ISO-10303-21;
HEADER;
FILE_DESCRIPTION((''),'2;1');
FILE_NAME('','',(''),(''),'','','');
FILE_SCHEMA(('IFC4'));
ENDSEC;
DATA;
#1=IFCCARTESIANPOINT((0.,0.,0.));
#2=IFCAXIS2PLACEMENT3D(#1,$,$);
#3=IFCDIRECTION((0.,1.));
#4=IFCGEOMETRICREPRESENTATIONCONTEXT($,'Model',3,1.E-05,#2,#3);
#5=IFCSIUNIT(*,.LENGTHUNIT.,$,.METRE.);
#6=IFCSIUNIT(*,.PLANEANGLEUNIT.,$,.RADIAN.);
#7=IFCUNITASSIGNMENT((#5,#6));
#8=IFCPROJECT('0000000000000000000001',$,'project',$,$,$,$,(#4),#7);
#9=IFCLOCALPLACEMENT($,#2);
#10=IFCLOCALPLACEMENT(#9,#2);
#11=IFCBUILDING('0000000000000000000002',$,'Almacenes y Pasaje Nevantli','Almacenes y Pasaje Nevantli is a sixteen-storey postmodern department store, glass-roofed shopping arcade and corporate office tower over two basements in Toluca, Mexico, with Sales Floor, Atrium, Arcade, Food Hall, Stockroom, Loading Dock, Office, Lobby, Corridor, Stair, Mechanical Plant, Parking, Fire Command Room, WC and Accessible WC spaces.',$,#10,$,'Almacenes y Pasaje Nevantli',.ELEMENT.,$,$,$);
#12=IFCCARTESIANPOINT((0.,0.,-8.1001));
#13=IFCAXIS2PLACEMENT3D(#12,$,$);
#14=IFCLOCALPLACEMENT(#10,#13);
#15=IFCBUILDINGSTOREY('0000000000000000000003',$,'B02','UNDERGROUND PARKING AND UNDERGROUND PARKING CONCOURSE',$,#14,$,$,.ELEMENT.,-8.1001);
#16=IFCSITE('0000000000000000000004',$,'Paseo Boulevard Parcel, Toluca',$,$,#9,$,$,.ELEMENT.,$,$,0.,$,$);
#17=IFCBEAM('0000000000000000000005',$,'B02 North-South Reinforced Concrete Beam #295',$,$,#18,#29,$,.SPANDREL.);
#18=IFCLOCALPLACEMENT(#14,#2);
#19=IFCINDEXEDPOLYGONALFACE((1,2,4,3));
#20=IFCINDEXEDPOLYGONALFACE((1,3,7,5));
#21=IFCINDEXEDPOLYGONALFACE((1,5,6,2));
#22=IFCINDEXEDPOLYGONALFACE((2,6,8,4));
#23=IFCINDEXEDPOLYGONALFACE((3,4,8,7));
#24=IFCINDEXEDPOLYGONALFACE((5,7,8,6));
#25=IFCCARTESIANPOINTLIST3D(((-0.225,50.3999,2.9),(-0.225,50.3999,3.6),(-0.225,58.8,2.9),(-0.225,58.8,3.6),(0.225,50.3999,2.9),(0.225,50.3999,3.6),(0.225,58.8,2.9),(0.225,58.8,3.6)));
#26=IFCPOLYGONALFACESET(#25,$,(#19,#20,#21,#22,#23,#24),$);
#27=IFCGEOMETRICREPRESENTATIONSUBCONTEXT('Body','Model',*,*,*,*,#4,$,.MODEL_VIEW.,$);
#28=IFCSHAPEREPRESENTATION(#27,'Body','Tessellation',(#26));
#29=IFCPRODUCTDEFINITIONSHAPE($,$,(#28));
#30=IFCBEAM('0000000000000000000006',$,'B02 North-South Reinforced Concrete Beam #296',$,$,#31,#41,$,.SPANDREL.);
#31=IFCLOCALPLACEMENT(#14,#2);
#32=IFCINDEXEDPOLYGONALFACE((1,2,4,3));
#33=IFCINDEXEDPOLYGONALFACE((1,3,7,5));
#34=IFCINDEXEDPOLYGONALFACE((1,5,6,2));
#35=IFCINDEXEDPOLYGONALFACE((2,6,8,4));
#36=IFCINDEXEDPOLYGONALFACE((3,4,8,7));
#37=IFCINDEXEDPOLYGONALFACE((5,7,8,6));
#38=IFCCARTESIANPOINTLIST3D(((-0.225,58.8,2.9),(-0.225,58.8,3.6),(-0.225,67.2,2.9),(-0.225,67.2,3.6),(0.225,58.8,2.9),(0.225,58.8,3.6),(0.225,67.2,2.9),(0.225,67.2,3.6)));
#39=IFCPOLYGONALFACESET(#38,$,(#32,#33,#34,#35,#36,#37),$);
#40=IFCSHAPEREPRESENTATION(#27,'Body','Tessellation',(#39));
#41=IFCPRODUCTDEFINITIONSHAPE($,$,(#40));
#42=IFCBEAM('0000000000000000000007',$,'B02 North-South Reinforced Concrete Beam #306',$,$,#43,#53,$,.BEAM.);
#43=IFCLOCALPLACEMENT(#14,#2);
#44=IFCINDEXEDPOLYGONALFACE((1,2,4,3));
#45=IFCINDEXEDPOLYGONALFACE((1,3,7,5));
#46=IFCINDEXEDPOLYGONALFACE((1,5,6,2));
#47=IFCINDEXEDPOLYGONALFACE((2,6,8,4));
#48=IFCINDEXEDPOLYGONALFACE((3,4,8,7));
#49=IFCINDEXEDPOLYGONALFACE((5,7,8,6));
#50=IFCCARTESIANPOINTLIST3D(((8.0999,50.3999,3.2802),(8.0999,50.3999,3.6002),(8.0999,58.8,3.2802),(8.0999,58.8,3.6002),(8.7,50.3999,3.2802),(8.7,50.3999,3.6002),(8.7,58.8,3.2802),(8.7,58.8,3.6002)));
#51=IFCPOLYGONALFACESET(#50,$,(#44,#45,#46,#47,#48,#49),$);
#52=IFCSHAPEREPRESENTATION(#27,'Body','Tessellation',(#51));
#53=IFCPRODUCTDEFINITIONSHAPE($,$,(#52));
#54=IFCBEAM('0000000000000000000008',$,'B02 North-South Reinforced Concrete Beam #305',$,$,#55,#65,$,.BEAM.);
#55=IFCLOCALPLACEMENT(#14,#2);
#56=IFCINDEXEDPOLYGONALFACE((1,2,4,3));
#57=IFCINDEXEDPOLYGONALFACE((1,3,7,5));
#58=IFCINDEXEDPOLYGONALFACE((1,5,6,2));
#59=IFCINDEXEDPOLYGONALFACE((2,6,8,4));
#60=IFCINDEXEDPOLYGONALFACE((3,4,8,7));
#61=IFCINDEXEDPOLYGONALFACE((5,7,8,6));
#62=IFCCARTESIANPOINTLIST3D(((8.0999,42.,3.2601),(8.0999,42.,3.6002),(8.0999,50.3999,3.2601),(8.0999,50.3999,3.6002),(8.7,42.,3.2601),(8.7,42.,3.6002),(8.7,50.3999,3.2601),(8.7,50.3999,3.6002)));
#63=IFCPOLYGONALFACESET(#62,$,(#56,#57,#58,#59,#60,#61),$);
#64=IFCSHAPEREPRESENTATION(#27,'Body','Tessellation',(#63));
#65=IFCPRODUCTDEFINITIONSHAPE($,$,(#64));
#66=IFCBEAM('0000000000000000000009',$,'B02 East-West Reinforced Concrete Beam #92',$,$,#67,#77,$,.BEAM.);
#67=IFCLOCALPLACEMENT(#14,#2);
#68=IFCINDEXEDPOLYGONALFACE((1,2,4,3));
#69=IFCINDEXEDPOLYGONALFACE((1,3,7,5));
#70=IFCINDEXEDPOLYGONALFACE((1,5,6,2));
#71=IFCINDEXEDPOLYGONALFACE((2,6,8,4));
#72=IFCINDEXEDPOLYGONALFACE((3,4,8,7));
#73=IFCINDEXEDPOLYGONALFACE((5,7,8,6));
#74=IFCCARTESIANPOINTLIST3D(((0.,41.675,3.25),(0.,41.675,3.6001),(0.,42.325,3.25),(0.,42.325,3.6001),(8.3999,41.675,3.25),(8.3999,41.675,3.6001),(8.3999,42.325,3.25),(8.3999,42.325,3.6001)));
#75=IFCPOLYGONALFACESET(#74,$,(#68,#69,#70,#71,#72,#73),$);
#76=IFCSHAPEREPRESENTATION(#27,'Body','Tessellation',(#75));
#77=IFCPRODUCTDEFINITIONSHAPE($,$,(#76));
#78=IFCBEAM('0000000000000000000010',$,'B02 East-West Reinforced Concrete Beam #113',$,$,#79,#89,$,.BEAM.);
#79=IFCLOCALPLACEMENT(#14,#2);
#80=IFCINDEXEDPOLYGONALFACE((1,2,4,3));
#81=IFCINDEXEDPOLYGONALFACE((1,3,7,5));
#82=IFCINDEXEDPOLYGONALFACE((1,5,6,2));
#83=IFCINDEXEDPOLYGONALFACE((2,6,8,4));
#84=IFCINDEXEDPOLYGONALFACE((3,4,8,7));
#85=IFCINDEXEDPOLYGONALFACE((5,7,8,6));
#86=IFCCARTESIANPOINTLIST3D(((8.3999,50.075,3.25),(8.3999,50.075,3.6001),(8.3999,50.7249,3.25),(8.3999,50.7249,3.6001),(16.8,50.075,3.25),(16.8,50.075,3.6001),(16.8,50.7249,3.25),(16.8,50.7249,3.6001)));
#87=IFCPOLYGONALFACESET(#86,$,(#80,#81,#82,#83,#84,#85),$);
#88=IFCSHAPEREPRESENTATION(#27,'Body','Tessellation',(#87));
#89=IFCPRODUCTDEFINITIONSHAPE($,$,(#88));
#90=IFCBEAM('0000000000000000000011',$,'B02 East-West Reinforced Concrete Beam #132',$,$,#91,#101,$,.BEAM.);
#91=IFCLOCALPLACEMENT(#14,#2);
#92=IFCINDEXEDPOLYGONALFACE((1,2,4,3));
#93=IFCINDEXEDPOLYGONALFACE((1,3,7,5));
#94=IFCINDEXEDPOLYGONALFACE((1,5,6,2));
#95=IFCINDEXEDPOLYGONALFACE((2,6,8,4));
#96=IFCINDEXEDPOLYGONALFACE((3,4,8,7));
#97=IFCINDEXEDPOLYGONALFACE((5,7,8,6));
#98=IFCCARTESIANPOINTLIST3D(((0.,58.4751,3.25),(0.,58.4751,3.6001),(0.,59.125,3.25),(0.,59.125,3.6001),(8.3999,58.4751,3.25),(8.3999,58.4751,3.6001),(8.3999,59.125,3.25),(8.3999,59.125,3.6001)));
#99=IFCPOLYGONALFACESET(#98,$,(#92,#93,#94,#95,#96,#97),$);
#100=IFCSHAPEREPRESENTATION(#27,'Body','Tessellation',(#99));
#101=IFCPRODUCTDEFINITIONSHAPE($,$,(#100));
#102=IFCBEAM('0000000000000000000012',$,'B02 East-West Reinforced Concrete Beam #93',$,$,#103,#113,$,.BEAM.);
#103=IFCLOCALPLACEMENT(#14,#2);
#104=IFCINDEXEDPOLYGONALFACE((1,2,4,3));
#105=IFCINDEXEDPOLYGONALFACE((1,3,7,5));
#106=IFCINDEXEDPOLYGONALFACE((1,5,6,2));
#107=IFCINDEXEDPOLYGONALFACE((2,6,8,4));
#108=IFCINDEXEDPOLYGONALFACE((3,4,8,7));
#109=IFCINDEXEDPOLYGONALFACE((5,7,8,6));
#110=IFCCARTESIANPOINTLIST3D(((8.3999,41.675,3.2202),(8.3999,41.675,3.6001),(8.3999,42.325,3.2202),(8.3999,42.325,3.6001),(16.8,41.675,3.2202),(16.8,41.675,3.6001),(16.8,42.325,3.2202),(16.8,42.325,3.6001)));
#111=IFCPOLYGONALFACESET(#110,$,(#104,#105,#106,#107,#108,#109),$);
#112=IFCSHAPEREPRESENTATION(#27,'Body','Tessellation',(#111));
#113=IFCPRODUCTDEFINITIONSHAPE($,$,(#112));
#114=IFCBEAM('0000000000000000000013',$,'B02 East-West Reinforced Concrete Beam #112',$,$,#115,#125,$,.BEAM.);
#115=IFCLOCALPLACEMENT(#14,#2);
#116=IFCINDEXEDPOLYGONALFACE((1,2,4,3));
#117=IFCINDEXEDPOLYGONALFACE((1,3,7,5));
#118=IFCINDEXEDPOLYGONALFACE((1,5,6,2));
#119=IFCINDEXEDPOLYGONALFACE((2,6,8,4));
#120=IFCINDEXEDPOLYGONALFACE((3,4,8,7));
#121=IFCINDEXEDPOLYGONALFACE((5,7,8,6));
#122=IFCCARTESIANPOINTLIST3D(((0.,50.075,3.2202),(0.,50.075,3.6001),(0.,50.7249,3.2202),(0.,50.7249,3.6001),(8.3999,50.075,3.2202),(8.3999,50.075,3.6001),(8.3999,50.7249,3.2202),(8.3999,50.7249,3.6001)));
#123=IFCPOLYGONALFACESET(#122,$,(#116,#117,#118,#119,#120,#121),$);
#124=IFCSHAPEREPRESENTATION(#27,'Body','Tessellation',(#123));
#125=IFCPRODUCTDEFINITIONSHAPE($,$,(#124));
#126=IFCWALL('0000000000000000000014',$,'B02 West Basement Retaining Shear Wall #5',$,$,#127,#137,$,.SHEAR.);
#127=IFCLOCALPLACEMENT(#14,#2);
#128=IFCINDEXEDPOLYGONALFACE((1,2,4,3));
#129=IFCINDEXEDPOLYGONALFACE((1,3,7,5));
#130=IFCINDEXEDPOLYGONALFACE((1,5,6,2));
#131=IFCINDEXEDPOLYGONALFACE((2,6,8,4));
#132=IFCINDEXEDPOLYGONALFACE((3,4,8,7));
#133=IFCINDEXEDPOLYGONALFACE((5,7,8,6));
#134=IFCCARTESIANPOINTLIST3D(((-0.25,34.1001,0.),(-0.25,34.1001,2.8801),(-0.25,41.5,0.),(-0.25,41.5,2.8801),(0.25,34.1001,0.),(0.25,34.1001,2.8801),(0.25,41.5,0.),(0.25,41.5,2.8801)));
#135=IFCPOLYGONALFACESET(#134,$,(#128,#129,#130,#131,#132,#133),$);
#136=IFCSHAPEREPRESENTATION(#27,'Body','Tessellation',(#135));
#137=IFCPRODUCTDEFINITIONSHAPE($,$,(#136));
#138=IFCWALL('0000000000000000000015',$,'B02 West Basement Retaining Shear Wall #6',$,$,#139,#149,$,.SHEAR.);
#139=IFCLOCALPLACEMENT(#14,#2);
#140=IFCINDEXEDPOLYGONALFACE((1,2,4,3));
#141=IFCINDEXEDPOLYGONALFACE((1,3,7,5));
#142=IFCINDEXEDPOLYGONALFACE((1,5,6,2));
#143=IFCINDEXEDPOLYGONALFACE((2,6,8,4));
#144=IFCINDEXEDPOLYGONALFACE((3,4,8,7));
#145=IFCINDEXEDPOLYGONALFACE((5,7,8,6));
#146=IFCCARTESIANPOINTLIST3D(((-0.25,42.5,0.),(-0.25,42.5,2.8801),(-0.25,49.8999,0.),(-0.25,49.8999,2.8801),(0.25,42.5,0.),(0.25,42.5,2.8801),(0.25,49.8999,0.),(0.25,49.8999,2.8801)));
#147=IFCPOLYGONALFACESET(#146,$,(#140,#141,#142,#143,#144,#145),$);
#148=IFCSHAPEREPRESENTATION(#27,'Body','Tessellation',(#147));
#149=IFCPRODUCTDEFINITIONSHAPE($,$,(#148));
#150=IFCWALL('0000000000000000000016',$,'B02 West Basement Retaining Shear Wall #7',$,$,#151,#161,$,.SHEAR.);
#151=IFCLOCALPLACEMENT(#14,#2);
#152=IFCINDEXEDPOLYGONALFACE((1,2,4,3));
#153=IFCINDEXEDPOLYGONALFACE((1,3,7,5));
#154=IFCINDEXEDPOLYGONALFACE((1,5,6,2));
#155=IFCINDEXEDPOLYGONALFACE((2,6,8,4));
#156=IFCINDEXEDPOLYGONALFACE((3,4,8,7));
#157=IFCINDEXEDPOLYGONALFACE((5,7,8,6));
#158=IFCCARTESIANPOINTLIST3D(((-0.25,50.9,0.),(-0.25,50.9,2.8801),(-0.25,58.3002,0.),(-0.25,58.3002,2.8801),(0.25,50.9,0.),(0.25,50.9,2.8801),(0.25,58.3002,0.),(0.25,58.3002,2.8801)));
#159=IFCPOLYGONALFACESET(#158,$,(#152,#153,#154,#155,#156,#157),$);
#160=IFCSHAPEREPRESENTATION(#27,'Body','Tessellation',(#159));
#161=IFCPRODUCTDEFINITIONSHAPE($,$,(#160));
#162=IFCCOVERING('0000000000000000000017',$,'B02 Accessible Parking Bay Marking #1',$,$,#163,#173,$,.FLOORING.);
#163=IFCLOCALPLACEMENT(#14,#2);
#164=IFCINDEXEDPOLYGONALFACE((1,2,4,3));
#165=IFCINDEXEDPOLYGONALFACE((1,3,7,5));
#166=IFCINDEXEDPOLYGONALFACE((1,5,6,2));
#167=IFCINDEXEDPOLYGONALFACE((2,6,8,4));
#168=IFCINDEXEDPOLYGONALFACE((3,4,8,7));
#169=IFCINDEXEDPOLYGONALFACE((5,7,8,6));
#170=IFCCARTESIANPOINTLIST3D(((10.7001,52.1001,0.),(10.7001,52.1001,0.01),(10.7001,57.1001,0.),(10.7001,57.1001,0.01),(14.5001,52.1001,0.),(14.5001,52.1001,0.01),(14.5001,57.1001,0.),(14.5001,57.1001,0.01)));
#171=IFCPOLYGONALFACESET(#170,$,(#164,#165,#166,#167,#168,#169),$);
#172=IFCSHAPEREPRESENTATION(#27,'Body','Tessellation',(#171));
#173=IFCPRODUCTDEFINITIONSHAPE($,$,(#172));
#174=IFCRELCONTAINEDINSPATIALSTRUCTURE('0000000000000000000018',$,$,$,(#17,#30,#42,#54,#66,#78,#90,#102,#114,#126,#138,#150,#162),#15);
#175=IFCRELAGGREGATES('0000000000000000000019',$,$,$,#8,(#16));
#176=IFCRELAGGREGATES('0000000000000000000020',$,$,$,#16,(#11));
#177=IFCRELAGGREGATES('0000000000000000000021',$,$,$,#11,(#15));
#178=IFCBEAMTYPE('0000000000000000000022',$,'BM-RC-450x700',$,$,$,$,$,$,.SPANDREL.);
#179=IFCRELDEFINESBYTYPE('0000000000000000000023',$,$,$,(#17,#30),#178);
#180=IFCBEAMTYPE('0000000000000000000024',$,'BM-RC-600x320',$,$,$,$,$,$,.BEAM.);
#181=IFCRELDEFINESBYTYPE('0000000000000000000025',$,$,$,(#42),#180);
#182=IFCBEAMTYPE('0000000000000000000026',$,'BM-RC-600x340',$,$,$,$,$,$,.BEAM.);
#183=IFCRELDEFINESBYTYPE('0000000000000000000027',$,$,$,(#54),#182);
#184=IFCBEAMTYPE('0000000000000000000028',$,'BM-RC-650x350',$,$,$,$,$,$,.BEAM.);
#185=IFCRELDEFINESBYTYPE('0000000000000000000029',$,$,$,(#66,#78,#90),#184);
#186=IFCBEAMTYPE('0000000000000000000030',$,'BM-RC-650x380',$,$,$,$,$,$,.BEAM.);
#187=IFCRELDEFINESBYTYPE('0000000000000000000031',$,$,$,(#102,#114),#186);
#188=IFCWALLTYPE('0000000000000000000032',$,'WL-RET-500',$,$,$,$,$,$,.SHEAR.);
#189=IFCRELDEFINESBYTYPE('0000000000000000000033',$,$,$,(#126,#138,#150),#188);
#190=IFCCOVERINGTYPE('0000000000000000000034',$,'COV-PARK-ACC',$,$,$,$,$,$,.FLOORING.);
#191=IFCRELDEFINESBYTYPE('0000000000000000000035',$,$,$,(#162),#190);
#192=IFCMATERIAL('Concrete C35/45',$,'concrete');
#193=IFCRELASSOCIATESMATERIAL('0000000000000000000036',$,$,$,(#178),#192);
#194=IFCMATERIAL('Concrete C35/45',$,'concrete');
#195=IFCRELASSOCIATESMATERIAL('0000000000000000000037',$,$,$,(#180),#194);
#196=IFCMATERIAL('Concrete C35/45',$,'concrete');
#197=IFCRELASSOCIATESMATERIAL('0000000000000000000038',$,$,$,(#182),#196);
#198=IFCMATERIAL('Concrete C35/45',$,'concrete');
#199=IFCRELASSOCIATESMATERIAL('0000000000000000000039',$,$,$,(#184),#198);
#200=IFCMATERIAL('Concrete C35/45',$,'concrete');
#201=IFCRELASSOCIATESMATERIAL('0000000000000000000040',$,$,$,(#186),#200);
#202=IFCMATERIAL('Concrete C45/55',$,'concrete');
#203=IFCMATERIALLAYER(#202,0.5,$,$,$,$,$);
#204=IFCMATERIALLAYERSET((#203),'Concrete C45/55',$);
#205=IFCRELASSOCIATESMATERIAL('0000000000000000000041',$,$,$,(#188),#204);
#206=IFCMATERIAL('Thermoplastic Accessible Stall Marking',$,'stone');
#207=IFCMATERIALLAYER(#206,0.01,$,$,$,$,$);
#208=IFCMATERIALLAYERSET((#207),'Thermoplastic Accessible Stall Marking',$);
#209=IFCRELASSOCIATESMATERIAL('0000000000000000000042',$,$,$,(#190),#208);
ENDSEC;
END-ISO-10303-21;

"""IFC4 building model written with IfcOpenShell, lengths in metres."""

from ifc_helpers import new_model, si_unit, direction, frame, frame_2d, origin, origin_2d, place, context, subcontext, project, spatial, rectangle, extrude, material, layer, layer_set, material_profile, profile_set, type_object, element, save


model = new_model("IFC4")

# Units and contexts
model_context = context("Model", 3, precision=1e-05, world=origin(), true_north=direction((0.0, 1.0)))
body_context = subcontext(model_context, "Body", "Model", "MODEL_VIEW")
ifc_project = project(units=[si_unit("LENGTHUNIT", "METRE"), si_unit("PLANEANGLEUNIT", "RADIAN")], contexts=[model_context])

# Site, building, storey
site_placement = place(None, origin())
site = spatial("IfcSite", under=ifc_project, at=site_placement, Name="Paseo Boulevard Parcel, Toluca", CompositionType="ELEMENT", RefElevation=0.0)
building_placement = place(site_placement, origin())
building = spatial("IfcBuilding", under=site, at=building_placement, Name="Almacenes y Pasaje Nevantli", Description="Almacenes y Pasaje Nevantli is a sixteen-storey postmodern department store, glass-roofed shopping arcade and corporate office tower over two basements in Toluca, Mexico, with Sales Floor, Atrium, Arcade, Food Hall, Stockroom, Loading Dock, Office, Lobby, Corridor, Stair, Mechanical Plant, Parking, Fire Command Room, WC and Accessible WC spaces.", LongName="Almacenes y Pasaje Nevantli", CompositionType="ELEMENT")
storey_placement = place(building_placement, frame((0.0, 0.0, -8.1001)))
storey = spatial("IfcBuildingStorey", under=building, at=storey_placement, Name="B02", Description="UNDERGROUND PARKING AND UNDERGROUND PARKING CONCOURSE", CompositionType="ELEMENT", Elevation=-8.1001)

# Beams
ifc_material_1 = material(Name="Concrete C35/45", Category="concrete")
ifc_material_profile_1 = material_profile(ifc_material_1, rectangle(XDim=0.45, YDim=0.7, at=origin_2d()), Name="RC-BM-450x700")
ifc_profile_set_1 = profile_set([ifc_material_profile_1], Name="Concrete C35/45")
beam_type_1 = type_object("IfcBeamType", Name="BM-RC-450x700", PredefinedType="SPANDREL", material=ifc_profile_set_1)
beam_1_placement = place(storey_placement, frame((0.0, 50.3999, 3.25), z_axis=(0.0, 1.0, 0.0), x_axis=(-1.0, 0.0, 0.0)))
element("IfcBeam", 1, at=beam_1_placement, inside=storey, type_object=beam_type_1, Name="B02 North-South Reinforced Concrete Beam #295", PredefinedType="SPANDREL", context=body_context, shape_type="SweptSolid", body=[
    extrude(rectangle(XDim=0.45, YDim=0.7, at=origin_2d()), origin(), (0.0, 0.0, 1.0), 8.4001),
])
beam_2_placement = place(storey_placement, frame((0.0, 58.8, 3.25), z_axis=(0.0, 1.0, 0.0), x_axis=(-1.0, 0.0, 0.0)))
element("IfcBeam", 2, at=beam_2_placement, inside=storey, type_object=beam_type_1, Name="B02 North-South Reinforced Concrete Beam #296", PredefinedType="SPANDREL", context=body_context, shape_type="SweptSolid", body=[
    extrude(rectangle(XDim=0.45, YDim=0.7, at=origin_2d()), origin(), (0.0, 0.0, 1.0), 8.3999),
])
ifc_material_2 = material(Name="Concrete C35/45", Category="concrete")
ifc_material_profile_2 = material_profile(ifc_material_2, rectangle(XDim=0.6001, YDim=0.3201, at=origin_2d()), Name="RC-BM-600x320")
ifc_profile_set_2 = profile_set([ifc_material_profile_2], Name="Concrete C35/45")
beam_type_2 = type_object("IfcBeamType", Name="BM-RC-600x320", PredefinedType="BEAM", material=ifc_profile_set_2)
beam_3_placement = place(storey_placement, frame((8.3999, 50.3999, 3.4402), z_axis=(0.0, 1.0, 0.0), x_axis=(-1.0, 0.0, 0.0)))
element("IfcBeam", 3, at=beam_3_placement, inside=storey, type_object=beam_type_2, Name="B02 North-South Reinforced Concrete Beam #306", PredefinedType="BEAM", context=body_context, shape_type="SweptSolid", body=[
    extrude(rectangle(XDim=0.6001, YDim=0.3201, at=origin_2d()), origin(), (0.0, 0.0, 1.0), 8.4001),
])
ifc_material_3 = material(Name="Concrete C35/45", Category="concrete")
ifc_material_profile_3 = material_profile(ifc_material_3, rectangle(XDim=0.6001, YDim=0.3401, at=origin_2d()), Name="RC-BM-600x340")
ifc_profile_set_3 = profile_set([ifc_material_profile_3], Name="Concrete C35/45")
beam_type_3 = type_object("IfcBeamType", Name="BM-RC-600x340", PredefinedType="BEAM", material=ifc_profile_set_3)
beam_4_placement = place(storey_placement, frame((8.3999, 42.0, 3.4302), z_axis=(0.0, 1.0, 0.0), x_axis=(-1.0, 0.0, 0.0)))
element("IfcBeam", 4, at=beam_4_placement, inside=storey, type_object=beam_type_3, Name="B02 North-South Reinforced Concrete Beam #305", PredefinedType="BEAM", context=body_context, shape_type="SweptSolid", body=[
    extrude(rectangle(XDim=0.6001, YDim=0.3401, at=origin_2d()), origin(), (0.0, 0.0, 1.0), 8.3999),
])
ifc_material_4 = material(Name="Concrete C35/45", Category="concrete")
ifc_material_profile_4 = material_profile(ifc_material_4, rectangle(XDim=0.6499, YDim=0.3501, at=origin_2d()), Name="RC-BM-650x350")
ifc_profile_set_4 = profile_set([ifc_material_profile_4], Name="Concrete C35/45")
beam_type_4 = type_object("IfcBeamType", Name="BM-RC-650x350", PredefinedType="BEAM", material=ifc_profile_set_4)
beam_5_placement = place(storey_placement, frame((0.0, 42.0, 3.425), z_axis=(1.0, 0.0, 0.0), x_axis=(0.0, 1.0, 0.0)))
element("IfcBeam", 5, at=beam_5_placement, inside=storey, type_object=beam_type_4, Name="B02 East-West Reinforced Concrete Beam #92", PredefinedType="BEAM", context=body_context, shape_type="SweptSolid", body=[
    extrude(rectangle(XDim=0.6499, YDim=0.3501, at=origin_2d()), origin(), (0.0, 0.0, 1.0), 8.3999),
])
beam_6_placement = place(storey_placement, frame((8.3999, 50.3999, 3.425), z_axis=(1.0, 0.0, 0.0), x_axis=(0.0, 1.0, 0.0)))
element("IfcBeam", 6, at=beam_6_placement, inside=storey, type_object=beam_type_4, Name="B02 East-West Reinforced Concrete Beam #113", PredefinedType="BEAM", context=body_context, shape_type="SweptSolid", body=[
    extrude(rectangle(XDim=0.6499, YDim=0.3501, at=origin_2d()), origin(), (0.0, 0.0, 1.0), 8.4001),
])
beam_7_placement = place(storey_placement, frame((0.0, 58.8, 3.425), z_axis=(1.0, 0.0, 0.0), x_axis=(0.0, 1.0, 0.0)))
element("IfcBeam", 7, at=beam_7_placement, inside=storey, type_object=beam_type_4, Name="B02 East-West Reinforced Concrete Beam #132", PredefinedType="BEAM", context=body_context, shape_type="SweptSolid", body=[
    extrude(rectangle(XDim=0.6499, YDim=0.3501, at=origin_2d()), origin(), (0.0, 0.0, 1.0), 8.3999),
])
ifc_material_5 = material(Name="Concrete C35/45", Category="concrete")
ifc_material_profile_5 = material_profile(ifc_material_5, rectangle(XDim=0.6499, YDim=0.3799, at=origin_2d()), Name="RC-BM-650x380")
ifc_profile_set_5 = profile_set([ifc_material_profile_5], Name="Concrete C35/45")
beam_type_5 = type_object("IfcBeamType", Name="BM-RC-650x380", PredefinedType="BEAM", material=ifc_profile_set_5)
beam_8_placement = place(storey_placement, frame((8.3999, 42.0, 3.4102), z_axis=(1.0, 0.0, 0.0), x_axis=(0.0, 1.0, 0.0)))
element("IfcBeam", 8, at=beam_8_placement, inside=storey, type_object=beam_type_5, Name="B02 East-West Reinforced Concrete Beam #93", PredefinedType="BEAM", context=body_context, shape_type="SweptSolid", body=[
    extrude(rectangle(XDim=0.6499, YDim=0.3799, at=origin_2d()), origin(), (0.0, 0.0, 1.0), 8.4001),
])
beam_9_placement = place(storey_placement, frame((0.0, 50.3999, 3.4102), z_axis=(1.0, 0.0, 0.0), x_axis=(0.0, 1.0, 0.0)))
element("IfcBeam", 9, at=beam_9_placement, inside=storey, type_object=beam_type_5, Name="B02 East-West Reinforced Concrete Beam #112", PredefinedType="BEAM", context=body_context, shape_type="SweptSolid", body=[
    extrude(rectangle(XDim=0.6499, YDim=0.3799, at=origin_2d()), origin(), (0.0, 0.0, 1.0), 8.3999),
])

# Walls
ifc_material_6 = material(Name="Concrete C45/55", Category="concrete")
ifc_layer_1 = layer(ifc_material_6, 0.5)
ifc_layer_set_1 = layer_set([ifc_layer_1], Name="Concrete C45/55")
wall_type = type_object("IfcWallType", Name="WL-RET-500", PredefinedType="SHEAR", material=ifc_layer_set_1)
for number, where, z_axis, x_axis, name in (
    (10, (0.0, 34.1001, 0.0), (0.0, 0.0, 1.0), (0.0, 1.0, 0.0), "B02 West Basement Retaining Shear Wall #5"),
    (11, (0.0, 42.5, 0.0), (0.0, 0.0, 1.0), (0.0, 1.0, 0.0), "B02 West Basement Retaining Shear Wall #6"),
):
    element("IfcWall", number, at=place(storey_placement, frame(where, z_axis=z_axis, x_axis=x_axis)), inside=storey, type_object=wall_type, Name=name, PredefinedType="SHEAR", context=body_context, shape_type="SweptSolid", body=[
        extrude(rectangle(XDim=7.3999, YDim=0.5, at=frame_2d((3.7, 0.0))), origin(), (0.0, 0.0, 1.0), 2.8801),
    ])
wall_placement = place(storey_placement, frame((0.0, 50.8999, 0.0), z_axis=(0.0, 0.0, 1.0), x_axis=(0.0, 1.0, 0.0)))
element("IfcWall", 12, at=wall_placement, inside=storey, type_object=wall_type, Name="B02 West Basement Retaining Shear Wall #7", PredefinedType="SHEAR", context=body_context, shape_type="SweptSolid", body=[
    extrude(rectangle(XDim=7.4001, YDim=0.5, at=frame_2d((3.7002, 0.0))), origin(), (0.0, 0.0, 1.0), 2.8801),
])

# Covering
ifc_material_7 = material(Name="Thermoplastic Accessible Stall Marking", Category="stone")
ifc_layer_2 = layer(ifc_material_7, 0.01)
ifc_layer_set_2 = layer_set([ifc_layer_2], Name="Thermoplastic Accessible Stall Marking")
covering_type_1 = type_object("IfcCoveringType", Name="COV-PARK-ACC", PredefinedType="FLOORING", material=ifc_layer_set_2)
covering_placement = place(storey_placement, frame((12.6001, 54.6001, 0.0), z_axis=(0.0, 0.0, 1.0), x_axis=(1.0, 0.0, 0.0)))
element("IfcCovering", 13, at=covering_placement, inside=storey, type_object=covering_type_1, Name="B02 Accessible Parking Bay Marking #1", PredefinedType="FLOORING", context=body_context, shape_type="SweptSolid", body=[
    extrude(rectangle(XDim=3.8, YDim=5.0, at=origin_2d()), origin(), (0.0, 0.0, 1.0), 0.01),
])

save(model, "model.ifc")
